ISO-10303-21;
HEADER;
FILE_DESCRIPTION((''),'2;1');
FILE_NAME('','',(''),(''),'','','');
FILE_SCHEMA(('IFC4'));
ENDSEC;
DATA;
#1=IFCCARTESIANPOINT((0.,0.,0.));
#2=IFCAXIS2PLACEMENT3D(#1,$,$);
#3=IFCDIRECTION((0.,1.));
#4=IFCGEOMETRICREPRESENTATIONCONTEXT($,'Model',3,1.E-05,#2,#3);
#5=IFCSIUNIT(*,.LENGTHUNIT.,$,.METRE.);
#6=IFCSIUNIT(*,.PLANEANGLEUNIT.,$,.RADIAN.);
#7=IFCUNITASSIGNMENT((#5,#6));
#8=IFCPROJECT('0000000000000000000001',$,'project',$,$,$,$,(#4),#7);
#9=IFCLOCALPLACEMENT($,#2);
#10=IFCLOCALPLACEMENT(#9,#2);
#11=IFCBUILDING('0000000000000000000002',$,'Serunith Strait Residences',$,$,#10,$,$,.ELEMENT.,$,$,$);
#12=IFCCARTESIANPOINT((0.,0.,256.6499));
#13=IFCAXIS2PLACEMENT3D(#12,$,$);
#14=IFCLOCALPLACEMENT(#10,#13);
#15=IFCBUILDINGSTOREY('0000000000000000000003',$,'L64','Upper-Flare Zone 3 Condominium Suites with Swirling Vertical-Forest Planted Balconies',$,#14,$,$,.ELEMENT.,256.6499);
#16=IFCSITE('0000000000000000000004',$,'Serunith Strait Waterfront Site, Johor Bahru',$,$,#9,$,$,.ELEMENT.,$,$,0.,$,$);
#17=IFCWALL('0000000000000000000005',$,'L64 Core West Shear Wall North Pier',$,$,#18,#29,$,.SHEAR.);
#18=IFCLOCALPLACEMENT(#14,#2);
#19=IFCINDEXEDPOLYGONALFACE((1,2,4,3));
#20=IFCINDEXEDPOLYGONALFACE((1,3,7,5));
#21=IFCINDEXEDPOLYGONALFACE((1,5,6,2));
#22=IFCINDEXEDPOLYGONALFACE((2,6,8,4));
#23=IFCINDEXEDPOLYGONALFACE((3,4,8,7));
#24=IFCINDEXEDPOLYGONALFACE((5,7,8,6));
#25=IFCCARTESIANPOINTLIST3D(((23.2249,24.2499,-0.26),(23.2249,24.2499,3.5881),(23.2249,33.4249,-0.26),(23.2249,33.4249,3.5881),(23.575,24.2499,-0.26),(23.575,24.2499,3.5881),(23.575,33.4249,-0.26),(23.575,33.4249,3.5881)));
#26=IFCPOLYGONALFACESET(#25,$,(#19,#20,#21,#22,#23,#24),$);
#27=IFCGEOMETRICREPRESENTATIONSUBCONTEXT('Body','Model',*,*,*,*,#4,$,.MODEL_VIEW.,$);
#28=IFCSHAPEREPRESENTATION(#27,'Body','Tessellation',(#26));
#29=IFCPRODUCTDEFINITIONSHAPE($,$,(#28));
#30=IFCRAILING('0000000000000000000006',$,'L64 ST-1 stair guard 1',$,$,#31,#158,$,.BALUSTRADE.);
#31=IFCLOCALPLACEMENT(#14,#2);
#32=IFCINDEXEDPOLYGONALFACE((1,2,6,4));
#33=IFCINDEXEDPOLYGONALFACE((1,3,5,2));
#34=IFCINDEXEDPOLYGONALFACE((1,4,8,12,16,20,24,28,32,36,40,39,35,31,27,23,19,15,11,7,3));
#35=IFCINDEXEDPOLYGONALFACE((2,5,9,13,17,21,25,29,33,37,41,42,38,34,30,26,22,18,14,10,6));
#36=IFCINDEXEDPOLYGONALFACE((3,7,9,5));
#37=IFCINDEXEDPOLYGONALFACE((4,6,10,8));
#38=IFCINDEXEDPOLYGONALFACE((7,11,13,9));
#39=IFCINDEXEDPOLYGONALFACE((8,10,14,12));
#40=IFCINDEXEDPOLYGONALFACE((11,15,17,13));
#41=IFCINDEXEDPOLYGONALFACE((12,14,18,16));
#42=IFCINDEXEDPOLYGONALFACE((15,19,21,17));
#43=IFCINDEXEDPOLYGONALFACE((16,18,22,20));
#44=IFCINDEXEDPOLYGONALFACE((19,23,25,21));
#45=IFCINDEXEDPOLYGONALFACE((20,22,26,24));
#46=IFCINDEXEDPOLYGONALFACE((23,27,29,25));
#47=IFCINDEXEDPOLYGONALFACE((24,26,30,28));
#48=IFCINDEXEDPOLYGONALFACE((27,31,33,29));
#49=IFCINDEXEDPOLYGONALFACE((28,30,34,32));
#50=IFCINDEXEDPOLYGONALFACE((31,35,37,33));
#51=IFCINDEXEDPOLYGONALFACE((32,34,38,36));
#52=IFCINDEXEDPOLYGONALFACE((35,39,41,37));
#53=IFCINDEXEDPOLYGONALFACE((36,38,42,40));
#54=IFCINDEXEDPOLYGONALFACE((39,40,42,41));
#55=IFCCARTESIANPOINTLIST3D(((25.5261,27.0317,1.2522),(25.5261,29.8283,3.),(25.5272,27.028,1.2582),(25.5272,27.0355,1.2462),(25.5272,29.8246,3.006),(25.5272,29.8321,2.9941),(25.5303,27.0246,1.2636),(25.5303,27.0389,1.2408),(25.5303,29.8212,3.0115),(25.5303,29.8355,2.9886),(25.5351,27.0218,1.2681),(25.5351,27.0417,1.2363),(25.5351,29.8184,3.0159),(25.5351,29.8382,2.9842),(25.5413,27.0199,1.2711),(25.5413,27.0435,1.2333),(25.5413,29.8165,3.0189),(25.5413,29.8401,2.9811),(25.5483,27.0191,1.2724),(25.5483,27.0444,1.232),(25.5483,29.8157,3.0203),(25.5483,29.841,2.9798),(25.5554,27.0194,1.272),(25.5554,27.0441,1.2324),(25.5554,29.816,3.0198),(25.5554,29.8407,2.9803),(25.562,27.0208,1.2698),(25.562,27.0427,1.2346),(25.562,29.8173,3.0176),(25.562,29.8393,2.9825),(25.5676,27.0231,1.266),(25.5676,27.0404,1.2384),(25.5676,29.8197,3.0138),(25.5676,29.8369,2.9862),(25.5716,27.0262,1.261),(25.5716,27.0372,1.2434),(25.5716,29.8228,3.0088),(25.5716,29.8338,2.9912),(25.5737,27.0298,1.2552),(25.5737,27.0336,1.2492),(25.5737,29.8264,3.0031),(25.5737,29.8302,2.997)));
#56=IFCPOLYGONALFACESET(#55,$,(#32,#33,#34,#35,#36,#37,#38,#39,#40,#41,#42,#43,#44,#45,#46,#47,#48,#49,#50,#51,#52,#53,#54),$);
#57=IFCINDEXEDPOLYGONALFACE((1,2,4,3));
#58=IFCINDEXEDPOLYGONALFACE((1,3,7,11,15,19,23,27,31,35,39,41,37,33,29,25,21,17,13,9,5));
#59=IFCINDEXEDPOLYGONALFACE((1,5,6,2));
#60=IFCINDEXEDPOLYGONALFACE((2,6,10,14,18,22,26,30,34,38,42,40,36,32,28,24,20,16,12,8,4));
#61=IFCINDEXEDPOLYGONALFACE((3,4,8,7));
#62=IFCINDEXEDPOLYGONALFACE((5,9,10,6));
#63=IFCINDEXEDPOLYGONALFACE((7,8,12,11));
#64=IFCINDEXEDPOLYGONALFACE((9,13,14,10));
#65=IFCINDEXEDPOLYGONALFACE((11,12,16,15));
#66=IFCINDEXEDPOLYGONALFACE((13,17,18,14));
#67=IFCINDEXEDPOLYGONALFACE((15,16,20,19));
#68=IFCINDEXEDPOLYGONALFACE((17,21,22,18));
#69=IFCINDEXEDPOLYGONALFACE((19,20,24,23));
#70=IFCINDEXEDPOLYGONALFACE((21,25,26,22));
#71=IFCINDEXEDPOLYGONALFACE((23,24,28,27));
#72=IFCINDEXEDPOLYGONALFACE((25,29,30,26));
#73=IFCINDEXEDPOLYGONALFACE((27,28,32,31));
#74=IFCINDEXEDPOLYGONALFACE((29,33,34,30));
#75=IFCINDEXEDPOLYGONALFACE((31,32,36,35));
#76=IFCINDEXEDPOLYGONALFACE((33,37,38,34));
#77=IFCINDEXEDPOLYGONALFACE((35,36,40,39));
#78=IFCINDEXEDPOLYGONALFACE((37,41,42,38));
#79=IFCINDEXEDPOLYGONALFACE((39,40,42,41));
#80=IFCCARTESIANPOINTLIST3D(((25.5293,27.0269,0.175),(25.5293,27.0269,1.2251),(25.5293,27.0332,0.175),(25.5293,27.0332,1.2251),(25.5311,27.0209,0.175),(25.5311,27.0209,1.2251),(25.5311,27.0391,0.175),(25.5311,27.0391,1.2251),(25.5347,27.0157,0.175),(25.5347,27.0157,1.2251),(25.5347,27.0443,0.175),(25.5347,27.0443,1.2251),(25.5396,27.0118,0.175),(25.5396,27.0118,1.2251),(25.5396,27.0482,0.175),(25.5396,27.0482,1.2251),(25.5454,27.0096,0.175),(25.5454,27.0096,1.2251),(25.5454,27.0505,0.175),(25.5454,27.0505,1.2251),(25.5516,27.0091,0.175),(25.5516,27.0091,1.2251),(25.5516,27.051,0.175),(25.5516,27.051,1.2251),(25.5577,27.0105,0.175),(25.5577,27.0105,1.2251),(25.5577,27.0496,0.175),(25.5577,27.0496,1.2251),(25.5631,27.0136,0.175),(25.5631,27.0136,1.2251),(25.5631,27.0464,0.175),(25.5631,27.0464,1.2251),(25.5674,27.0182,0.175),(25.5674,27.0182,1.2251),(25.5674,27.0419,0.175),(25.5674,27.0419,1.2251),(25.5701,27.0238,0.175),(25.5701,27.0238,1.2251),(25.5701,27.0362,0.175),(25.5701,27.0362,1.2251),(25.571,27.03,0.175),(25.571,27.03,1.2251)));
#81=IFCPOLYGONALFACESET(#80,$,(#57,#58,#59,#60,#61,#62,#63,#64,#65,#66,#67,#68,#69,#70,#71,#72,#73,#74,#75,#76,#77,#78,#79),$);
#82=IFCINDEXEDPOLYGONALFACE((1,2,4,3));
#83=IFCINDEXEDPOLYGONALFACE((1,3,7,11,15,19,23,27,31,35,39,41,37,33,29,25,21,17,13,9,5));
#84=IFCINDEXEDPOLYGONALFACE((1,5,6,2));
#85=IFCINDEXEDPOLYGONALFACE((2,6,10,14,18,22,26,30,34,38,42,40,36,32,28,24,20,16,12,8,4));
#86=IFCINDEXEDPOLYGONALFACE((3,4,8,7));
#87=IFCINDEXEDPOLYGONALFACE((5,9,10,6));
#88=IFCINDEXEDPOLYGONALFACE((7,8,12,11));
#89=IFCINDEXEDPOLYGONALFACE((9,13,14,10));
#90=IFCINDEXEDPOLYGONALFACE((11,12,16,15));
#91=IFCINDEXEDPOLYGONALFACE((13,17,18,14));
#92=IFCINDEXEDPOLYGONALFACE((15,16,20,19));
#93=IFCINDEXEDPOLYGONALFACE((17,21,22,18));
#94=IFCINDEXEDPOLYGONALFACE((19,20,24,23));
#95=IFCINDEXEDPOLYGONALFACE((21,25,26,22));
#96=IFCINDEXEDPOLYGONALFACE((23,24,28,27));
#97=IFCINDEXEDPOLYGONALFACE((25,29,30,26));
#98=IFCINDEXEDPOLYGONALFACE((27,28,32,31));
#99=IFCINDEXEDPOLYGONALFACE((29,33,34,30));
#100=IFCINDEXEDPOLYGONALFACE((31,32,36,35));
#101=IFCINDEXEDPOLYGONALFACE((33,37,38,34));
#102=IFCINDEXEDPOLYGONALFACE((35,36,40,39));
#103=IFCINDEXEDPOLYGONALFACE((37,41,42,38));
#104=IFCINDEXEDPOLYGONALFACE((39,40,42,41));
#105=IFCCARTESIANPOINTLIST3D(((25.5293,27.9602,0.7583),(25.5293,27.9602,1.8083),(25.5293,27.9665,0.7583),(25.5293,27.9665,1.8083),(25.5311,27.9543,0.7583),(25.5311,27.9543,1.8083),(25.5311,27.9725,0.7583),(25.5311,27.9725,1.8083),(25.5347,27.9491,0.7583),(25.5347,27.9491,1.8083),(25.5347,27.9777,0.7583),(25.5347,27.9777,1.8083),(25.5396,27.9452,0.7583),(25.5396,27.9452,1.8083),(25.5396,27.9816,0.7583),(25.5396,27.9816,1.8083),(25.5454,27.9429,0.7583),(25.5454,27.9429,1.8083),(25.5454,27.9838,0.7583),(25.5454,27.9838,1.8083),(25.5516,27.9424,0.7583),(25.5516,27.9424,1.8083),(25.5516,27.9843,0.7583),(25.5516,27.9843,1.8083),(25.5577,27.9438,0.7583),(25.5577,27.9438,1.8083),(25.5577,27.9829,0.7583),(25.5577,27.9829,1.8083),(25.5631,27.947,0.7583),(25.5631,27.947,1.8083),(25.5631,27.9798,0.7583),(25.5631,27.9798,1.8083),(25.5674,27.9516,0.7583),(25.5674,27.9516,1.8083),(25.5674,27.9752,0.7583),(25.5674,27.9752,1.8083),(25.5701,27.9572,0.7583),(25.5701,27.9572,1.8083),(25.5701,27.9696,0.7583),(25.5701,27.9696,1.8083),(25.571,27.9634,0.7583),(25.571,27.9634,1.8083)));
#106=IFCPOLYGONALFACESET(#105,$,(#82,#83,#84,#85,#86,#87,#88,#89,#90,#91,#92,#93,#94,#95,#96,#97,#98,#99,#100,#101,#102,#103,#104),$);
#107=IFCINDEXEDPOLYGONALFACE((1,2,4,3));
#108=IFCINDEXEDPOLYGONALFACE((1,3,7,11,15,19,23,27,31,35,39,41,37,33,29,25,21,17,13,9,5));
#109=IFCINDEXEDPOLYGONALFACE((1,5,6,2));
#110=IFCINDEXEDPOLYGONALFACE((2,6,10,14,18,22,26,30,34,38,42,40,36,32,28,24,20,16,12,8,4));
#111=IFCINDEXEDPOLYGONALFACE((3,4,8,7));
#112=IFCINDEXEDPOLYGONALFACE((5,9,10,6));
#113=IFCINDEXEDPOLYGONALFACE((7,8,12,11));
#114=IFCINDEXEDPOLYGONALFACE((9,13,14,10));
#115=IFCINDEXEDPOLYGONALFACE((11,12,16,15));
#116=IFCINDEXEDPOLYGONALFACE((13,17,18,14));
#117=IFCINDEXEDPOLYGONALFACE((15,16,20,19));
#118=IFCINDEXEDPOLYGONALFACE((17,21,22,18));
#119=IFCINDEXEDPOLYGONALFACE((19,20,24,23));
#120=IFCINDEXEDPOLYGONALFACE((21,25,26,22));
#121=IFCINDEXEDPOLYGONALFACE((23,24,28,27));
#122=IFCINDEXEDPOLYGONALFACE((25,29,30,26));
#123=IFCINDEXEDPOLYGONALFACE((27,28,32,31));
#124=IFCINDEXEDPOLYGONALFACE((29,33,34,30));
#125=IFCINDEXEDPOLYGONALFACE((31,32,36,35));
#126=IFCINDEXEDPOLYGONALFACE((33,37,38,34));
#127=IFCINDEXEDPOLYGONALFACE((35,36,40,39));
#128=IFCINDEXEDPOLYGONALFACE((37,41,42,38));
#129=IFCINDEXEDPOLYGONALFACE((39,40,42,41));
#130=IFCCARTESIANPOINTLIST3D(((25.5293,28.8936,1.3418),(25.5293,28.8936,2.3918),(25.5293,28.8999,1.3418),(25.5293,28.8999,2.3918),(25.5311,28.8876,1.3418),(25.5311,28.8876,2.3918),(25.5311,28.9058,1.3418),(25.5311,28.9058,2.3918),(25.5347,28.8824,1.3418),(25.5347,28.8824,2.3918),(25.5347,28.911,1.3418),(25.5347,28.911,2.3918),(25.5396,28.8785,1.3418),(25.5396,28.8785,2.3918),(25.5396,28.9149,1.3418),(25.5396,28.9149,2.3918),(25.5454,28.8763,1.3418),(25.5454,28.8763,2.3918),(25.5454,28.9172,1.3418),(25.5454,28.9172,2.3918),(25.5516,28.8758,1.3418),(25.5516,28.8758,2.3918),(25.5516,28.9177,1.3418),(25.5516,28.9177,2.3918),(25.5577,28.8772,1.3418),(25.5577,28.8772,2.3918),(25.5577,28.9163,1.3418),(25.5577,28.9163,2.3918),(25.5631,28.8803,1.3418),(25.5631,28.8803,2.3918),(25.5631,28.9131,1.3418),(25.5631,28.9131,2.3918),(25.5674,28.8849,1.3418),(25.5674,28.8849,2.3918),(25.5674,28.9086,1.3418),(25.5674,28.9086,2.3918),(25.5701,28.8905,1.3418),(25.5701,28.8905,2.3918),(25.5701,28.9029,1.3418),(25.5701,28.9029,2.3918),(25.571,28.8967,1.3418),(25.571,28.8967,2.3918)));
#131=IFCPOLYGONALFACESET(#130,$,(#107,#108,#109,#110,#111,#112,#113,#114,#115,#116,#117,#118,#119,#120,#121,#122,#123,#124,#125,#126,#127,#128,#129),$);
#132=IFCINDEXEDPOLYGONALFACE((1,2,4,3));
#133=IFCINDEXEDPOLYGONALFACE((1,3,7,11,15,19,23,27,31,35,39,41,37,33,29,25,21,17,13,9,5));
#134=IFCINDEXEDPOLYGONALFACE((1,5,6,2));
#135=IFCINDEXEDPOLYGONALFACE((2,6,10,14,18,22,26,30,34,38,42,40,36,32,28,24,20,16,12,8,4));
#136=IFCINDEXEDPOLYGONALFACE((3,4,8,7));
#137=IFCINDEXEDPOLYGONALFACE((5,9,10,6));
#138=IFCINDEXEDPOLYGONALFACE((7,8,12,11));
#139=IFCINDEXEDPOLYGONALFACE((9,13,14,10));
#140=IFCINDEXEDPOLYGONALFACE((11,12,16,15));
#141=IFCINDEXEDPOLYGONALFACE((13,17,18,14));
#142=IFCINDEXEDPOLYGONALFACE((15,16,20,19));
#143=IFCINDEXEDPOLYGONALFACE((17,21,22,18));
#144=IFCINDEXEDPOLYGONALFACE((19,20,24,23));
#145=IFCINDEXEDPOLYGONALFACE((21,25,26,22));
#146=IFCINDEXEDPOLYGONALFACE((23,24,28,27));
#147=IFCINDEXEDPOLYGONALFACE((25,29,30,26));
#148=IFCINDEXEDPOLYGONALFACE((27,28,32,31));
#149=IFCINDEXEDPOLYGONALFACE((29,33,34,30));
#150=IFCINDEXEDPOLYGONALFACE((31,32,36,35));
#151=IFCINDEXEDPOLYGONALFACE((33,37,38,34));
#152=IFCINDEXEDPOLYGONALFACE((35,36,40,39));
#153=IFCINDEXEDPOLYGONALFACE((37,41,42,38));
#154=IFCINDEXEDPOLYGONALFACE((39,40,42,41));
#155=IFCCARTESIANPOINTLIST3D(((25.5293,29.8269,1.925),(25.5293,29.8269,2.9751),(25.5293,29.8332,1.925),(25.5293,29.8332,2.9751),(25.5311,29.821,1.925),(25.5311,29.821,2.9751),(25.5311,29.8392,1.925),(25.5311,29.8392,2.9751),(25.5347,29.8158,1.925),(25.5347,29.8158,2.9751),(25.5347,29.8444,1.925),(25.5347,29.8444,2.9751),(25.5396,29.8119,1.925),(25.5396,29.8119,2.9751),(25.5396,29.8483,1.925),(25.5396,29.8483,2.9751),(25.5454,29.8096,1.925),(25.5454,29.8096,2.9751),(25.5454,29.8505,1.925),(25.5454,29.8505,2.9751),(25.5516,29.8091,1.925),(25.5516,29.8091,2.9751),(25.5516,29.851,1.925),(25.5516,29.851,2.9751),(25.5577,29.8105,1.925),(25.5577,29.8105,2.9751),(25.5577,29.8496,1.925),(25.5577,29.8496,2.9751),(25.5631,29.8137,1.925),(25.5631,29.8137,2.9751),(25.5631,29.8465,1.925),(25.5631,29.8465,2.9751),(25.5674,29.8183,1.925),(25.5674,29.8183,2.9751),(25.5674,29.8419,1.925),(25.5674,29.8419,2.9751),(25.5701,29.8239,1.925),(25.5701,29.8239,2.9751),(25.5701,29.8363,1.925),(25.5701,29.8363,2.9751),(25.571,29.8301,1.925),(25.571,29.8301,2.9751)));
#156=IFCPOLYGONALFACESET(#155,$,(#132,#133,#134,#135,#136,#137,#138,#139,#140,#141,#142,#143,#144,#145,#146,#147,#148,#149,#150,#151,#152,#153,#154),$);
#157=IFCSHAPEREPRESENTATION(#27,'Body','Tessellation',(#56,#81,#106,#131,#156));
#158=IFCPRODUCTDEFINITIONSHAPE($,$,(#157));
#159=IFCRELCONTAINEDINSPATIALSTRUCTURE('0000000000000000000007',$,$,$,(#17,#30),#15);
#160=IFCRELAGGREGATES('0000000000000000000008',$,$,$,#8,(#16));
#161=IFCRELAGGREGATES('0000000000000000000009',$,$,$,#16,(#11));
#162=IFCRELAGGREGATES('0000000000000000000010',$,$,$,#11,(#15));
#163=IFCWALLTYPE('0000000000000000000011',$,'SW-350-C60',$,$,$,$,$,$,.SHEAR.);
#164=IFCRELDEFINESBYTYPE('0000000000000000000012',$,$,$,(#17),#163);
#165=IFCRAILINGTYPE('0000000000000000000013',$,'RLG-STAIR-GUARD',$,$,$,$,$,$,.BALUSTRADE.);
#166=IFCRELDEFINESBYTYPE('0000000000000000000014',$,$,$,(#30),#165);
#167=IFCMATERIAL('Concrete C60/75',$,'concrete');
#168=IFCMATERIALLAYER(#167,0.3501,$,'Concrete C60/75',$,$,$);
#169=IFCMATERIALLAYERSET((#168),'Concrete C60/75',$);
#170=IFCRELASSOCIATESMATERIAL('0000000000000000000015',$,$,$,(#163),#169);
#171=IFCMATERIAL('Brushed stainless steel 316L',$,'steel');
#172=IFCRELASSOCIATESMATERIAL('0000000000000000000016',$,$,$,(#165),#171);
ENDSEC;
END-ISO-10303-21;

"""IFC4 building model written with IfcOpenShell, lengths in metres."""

from ifc_helpers import new_model, si_unit, direction, frame, frame_2d, origin, origin_2d, place, context, subcontext, project, spatial, rectangle, circle, extrude, material, layer, layer_set, type_object, element, save


model = new_model("IFC4")

# Units and contexts
model_context = context("Model", 3, precision=1e-05, world=origin(), true_north=direction((0.0, 1.0)))
body_context = subcontext(model_context, "Body", "Model", "MODEL_VIEW")
ifc_project = project(units=[si_unit("LENGTHUNIT", "METRE"), si_unit("PLANEANGLEUNIT", "RADIAN")], contexts=[model_context])

# Site, building, storey
site_placement = place(None, origin())
site = spatial("IfcSite", under=ifc_project, at=site_placement, Name="Serunith Strait Waterfront Site, Johor Bahru", CompositionType="ELEMENT", RefElevation=0.0)
building_placement = place(site_placement, origin())
building = spatial("IfcBuilding", under=site, at=building_placement, Name="Serunith Strait Residences", CompositionType="ELEMENT")
storey_placement = place(building_placement, frame((0.0, 0.0, 256.6499)))
storey = spatial("IfcBuildingStorey", under=building, at=storey_placement, Name="L64", Description="Upper-Flare Zone 3 Condominium Suites with Swirling Vertical-Forest Planted Balconies", CompositionType="ELEMENT", Elevation=256.6499)

# Shared definitions
ifc_material_1 = material(Name="Concrete C60/75", Category="concrete")

# Wall
ifc_layer_1 = layer(ifc_material_1, 0.3501, Name="Concrete C60/75")
ifc_layer_set_1 = layer_set([ifc_layer_1], Name="Concrete C60/75")
wall_type_1 = type_object("IfcWallType", Name="SW-350-C60", PredefinedType="SHEAR", material=ifc_layer_set_1)
wall_1_placement = place(storey_placement, frame((23.3999, 24.25, -0.26), z_axis=(0.0, 0.0, 1.0), x_axis=(0.0, 1.0, 0.0)))
element("IfcWall", 1, at=wall_1_placement, inside=storey, type_object=wall_type_1, Name="L64 Core West Shear Wall North Pier", PredefinedType="SHEAR", context=body_context, shape_type="SweptSolid", body=[
    extrude(rectangle(XDim=9.175, YDim=0.3501, at=frame_2d((4.5874, 0.0))), origin(), (0.0, 0.0, 1.0), 3.8481),
])

# Railing
ifc_material_2 = material(Name="Brushed stainless steel 316L", Category="steel")
railing_type_1 = type_object("IfcRailingType", Name="RLG-STAIR-GUARD", PredefinedType="BALUSTRADE", material=ifc_material_2)
railing_1_placement = place(storey_placement, frame((25.55, 27.03, 0.175)))
element("IfcRailing", 2, at=railing_1_placement, inside=storey, type_object=railing_type_1, Name="L64 ST-1 stair guard 1", PredefinedType="BALUSTRADE", context=body_context, shape_type="SweptSolid", body=[
    extrude(circle(Radius=0.0239, at=origin_2d()), frame((0.0, 0.0017, 1.0771), z_axis=(0.0, 0.848002, 0.529992), x_axis=(-1.0, 0.0, 0.0)), (0.0, 0.0, 1.0), 3.2979),
    extrude(circle(Radius=0.021, at=origin_2d()), origin(), (0.0, 0.0, 1.0), 1.05),
    extrude(circle(Radius=0.021, at=origin_2d()), frame((0.0, 0.9333, 0.5833)), (0.0, 0.0, 1.0), 1.05),
    extrude(circle(Radius=0.021, at=origin_2d()), frame((0.0, 1.8667, 1.1667)), (0.0, 0.0, 1.0), 1.05),
    extrude(circle(Radius=0.021, at=origin_2d()), frame((0.0, 2.8, 1.75)), (0.0, 0.0, 1.0), 1.05),
])

save(model, "model.ifc")
